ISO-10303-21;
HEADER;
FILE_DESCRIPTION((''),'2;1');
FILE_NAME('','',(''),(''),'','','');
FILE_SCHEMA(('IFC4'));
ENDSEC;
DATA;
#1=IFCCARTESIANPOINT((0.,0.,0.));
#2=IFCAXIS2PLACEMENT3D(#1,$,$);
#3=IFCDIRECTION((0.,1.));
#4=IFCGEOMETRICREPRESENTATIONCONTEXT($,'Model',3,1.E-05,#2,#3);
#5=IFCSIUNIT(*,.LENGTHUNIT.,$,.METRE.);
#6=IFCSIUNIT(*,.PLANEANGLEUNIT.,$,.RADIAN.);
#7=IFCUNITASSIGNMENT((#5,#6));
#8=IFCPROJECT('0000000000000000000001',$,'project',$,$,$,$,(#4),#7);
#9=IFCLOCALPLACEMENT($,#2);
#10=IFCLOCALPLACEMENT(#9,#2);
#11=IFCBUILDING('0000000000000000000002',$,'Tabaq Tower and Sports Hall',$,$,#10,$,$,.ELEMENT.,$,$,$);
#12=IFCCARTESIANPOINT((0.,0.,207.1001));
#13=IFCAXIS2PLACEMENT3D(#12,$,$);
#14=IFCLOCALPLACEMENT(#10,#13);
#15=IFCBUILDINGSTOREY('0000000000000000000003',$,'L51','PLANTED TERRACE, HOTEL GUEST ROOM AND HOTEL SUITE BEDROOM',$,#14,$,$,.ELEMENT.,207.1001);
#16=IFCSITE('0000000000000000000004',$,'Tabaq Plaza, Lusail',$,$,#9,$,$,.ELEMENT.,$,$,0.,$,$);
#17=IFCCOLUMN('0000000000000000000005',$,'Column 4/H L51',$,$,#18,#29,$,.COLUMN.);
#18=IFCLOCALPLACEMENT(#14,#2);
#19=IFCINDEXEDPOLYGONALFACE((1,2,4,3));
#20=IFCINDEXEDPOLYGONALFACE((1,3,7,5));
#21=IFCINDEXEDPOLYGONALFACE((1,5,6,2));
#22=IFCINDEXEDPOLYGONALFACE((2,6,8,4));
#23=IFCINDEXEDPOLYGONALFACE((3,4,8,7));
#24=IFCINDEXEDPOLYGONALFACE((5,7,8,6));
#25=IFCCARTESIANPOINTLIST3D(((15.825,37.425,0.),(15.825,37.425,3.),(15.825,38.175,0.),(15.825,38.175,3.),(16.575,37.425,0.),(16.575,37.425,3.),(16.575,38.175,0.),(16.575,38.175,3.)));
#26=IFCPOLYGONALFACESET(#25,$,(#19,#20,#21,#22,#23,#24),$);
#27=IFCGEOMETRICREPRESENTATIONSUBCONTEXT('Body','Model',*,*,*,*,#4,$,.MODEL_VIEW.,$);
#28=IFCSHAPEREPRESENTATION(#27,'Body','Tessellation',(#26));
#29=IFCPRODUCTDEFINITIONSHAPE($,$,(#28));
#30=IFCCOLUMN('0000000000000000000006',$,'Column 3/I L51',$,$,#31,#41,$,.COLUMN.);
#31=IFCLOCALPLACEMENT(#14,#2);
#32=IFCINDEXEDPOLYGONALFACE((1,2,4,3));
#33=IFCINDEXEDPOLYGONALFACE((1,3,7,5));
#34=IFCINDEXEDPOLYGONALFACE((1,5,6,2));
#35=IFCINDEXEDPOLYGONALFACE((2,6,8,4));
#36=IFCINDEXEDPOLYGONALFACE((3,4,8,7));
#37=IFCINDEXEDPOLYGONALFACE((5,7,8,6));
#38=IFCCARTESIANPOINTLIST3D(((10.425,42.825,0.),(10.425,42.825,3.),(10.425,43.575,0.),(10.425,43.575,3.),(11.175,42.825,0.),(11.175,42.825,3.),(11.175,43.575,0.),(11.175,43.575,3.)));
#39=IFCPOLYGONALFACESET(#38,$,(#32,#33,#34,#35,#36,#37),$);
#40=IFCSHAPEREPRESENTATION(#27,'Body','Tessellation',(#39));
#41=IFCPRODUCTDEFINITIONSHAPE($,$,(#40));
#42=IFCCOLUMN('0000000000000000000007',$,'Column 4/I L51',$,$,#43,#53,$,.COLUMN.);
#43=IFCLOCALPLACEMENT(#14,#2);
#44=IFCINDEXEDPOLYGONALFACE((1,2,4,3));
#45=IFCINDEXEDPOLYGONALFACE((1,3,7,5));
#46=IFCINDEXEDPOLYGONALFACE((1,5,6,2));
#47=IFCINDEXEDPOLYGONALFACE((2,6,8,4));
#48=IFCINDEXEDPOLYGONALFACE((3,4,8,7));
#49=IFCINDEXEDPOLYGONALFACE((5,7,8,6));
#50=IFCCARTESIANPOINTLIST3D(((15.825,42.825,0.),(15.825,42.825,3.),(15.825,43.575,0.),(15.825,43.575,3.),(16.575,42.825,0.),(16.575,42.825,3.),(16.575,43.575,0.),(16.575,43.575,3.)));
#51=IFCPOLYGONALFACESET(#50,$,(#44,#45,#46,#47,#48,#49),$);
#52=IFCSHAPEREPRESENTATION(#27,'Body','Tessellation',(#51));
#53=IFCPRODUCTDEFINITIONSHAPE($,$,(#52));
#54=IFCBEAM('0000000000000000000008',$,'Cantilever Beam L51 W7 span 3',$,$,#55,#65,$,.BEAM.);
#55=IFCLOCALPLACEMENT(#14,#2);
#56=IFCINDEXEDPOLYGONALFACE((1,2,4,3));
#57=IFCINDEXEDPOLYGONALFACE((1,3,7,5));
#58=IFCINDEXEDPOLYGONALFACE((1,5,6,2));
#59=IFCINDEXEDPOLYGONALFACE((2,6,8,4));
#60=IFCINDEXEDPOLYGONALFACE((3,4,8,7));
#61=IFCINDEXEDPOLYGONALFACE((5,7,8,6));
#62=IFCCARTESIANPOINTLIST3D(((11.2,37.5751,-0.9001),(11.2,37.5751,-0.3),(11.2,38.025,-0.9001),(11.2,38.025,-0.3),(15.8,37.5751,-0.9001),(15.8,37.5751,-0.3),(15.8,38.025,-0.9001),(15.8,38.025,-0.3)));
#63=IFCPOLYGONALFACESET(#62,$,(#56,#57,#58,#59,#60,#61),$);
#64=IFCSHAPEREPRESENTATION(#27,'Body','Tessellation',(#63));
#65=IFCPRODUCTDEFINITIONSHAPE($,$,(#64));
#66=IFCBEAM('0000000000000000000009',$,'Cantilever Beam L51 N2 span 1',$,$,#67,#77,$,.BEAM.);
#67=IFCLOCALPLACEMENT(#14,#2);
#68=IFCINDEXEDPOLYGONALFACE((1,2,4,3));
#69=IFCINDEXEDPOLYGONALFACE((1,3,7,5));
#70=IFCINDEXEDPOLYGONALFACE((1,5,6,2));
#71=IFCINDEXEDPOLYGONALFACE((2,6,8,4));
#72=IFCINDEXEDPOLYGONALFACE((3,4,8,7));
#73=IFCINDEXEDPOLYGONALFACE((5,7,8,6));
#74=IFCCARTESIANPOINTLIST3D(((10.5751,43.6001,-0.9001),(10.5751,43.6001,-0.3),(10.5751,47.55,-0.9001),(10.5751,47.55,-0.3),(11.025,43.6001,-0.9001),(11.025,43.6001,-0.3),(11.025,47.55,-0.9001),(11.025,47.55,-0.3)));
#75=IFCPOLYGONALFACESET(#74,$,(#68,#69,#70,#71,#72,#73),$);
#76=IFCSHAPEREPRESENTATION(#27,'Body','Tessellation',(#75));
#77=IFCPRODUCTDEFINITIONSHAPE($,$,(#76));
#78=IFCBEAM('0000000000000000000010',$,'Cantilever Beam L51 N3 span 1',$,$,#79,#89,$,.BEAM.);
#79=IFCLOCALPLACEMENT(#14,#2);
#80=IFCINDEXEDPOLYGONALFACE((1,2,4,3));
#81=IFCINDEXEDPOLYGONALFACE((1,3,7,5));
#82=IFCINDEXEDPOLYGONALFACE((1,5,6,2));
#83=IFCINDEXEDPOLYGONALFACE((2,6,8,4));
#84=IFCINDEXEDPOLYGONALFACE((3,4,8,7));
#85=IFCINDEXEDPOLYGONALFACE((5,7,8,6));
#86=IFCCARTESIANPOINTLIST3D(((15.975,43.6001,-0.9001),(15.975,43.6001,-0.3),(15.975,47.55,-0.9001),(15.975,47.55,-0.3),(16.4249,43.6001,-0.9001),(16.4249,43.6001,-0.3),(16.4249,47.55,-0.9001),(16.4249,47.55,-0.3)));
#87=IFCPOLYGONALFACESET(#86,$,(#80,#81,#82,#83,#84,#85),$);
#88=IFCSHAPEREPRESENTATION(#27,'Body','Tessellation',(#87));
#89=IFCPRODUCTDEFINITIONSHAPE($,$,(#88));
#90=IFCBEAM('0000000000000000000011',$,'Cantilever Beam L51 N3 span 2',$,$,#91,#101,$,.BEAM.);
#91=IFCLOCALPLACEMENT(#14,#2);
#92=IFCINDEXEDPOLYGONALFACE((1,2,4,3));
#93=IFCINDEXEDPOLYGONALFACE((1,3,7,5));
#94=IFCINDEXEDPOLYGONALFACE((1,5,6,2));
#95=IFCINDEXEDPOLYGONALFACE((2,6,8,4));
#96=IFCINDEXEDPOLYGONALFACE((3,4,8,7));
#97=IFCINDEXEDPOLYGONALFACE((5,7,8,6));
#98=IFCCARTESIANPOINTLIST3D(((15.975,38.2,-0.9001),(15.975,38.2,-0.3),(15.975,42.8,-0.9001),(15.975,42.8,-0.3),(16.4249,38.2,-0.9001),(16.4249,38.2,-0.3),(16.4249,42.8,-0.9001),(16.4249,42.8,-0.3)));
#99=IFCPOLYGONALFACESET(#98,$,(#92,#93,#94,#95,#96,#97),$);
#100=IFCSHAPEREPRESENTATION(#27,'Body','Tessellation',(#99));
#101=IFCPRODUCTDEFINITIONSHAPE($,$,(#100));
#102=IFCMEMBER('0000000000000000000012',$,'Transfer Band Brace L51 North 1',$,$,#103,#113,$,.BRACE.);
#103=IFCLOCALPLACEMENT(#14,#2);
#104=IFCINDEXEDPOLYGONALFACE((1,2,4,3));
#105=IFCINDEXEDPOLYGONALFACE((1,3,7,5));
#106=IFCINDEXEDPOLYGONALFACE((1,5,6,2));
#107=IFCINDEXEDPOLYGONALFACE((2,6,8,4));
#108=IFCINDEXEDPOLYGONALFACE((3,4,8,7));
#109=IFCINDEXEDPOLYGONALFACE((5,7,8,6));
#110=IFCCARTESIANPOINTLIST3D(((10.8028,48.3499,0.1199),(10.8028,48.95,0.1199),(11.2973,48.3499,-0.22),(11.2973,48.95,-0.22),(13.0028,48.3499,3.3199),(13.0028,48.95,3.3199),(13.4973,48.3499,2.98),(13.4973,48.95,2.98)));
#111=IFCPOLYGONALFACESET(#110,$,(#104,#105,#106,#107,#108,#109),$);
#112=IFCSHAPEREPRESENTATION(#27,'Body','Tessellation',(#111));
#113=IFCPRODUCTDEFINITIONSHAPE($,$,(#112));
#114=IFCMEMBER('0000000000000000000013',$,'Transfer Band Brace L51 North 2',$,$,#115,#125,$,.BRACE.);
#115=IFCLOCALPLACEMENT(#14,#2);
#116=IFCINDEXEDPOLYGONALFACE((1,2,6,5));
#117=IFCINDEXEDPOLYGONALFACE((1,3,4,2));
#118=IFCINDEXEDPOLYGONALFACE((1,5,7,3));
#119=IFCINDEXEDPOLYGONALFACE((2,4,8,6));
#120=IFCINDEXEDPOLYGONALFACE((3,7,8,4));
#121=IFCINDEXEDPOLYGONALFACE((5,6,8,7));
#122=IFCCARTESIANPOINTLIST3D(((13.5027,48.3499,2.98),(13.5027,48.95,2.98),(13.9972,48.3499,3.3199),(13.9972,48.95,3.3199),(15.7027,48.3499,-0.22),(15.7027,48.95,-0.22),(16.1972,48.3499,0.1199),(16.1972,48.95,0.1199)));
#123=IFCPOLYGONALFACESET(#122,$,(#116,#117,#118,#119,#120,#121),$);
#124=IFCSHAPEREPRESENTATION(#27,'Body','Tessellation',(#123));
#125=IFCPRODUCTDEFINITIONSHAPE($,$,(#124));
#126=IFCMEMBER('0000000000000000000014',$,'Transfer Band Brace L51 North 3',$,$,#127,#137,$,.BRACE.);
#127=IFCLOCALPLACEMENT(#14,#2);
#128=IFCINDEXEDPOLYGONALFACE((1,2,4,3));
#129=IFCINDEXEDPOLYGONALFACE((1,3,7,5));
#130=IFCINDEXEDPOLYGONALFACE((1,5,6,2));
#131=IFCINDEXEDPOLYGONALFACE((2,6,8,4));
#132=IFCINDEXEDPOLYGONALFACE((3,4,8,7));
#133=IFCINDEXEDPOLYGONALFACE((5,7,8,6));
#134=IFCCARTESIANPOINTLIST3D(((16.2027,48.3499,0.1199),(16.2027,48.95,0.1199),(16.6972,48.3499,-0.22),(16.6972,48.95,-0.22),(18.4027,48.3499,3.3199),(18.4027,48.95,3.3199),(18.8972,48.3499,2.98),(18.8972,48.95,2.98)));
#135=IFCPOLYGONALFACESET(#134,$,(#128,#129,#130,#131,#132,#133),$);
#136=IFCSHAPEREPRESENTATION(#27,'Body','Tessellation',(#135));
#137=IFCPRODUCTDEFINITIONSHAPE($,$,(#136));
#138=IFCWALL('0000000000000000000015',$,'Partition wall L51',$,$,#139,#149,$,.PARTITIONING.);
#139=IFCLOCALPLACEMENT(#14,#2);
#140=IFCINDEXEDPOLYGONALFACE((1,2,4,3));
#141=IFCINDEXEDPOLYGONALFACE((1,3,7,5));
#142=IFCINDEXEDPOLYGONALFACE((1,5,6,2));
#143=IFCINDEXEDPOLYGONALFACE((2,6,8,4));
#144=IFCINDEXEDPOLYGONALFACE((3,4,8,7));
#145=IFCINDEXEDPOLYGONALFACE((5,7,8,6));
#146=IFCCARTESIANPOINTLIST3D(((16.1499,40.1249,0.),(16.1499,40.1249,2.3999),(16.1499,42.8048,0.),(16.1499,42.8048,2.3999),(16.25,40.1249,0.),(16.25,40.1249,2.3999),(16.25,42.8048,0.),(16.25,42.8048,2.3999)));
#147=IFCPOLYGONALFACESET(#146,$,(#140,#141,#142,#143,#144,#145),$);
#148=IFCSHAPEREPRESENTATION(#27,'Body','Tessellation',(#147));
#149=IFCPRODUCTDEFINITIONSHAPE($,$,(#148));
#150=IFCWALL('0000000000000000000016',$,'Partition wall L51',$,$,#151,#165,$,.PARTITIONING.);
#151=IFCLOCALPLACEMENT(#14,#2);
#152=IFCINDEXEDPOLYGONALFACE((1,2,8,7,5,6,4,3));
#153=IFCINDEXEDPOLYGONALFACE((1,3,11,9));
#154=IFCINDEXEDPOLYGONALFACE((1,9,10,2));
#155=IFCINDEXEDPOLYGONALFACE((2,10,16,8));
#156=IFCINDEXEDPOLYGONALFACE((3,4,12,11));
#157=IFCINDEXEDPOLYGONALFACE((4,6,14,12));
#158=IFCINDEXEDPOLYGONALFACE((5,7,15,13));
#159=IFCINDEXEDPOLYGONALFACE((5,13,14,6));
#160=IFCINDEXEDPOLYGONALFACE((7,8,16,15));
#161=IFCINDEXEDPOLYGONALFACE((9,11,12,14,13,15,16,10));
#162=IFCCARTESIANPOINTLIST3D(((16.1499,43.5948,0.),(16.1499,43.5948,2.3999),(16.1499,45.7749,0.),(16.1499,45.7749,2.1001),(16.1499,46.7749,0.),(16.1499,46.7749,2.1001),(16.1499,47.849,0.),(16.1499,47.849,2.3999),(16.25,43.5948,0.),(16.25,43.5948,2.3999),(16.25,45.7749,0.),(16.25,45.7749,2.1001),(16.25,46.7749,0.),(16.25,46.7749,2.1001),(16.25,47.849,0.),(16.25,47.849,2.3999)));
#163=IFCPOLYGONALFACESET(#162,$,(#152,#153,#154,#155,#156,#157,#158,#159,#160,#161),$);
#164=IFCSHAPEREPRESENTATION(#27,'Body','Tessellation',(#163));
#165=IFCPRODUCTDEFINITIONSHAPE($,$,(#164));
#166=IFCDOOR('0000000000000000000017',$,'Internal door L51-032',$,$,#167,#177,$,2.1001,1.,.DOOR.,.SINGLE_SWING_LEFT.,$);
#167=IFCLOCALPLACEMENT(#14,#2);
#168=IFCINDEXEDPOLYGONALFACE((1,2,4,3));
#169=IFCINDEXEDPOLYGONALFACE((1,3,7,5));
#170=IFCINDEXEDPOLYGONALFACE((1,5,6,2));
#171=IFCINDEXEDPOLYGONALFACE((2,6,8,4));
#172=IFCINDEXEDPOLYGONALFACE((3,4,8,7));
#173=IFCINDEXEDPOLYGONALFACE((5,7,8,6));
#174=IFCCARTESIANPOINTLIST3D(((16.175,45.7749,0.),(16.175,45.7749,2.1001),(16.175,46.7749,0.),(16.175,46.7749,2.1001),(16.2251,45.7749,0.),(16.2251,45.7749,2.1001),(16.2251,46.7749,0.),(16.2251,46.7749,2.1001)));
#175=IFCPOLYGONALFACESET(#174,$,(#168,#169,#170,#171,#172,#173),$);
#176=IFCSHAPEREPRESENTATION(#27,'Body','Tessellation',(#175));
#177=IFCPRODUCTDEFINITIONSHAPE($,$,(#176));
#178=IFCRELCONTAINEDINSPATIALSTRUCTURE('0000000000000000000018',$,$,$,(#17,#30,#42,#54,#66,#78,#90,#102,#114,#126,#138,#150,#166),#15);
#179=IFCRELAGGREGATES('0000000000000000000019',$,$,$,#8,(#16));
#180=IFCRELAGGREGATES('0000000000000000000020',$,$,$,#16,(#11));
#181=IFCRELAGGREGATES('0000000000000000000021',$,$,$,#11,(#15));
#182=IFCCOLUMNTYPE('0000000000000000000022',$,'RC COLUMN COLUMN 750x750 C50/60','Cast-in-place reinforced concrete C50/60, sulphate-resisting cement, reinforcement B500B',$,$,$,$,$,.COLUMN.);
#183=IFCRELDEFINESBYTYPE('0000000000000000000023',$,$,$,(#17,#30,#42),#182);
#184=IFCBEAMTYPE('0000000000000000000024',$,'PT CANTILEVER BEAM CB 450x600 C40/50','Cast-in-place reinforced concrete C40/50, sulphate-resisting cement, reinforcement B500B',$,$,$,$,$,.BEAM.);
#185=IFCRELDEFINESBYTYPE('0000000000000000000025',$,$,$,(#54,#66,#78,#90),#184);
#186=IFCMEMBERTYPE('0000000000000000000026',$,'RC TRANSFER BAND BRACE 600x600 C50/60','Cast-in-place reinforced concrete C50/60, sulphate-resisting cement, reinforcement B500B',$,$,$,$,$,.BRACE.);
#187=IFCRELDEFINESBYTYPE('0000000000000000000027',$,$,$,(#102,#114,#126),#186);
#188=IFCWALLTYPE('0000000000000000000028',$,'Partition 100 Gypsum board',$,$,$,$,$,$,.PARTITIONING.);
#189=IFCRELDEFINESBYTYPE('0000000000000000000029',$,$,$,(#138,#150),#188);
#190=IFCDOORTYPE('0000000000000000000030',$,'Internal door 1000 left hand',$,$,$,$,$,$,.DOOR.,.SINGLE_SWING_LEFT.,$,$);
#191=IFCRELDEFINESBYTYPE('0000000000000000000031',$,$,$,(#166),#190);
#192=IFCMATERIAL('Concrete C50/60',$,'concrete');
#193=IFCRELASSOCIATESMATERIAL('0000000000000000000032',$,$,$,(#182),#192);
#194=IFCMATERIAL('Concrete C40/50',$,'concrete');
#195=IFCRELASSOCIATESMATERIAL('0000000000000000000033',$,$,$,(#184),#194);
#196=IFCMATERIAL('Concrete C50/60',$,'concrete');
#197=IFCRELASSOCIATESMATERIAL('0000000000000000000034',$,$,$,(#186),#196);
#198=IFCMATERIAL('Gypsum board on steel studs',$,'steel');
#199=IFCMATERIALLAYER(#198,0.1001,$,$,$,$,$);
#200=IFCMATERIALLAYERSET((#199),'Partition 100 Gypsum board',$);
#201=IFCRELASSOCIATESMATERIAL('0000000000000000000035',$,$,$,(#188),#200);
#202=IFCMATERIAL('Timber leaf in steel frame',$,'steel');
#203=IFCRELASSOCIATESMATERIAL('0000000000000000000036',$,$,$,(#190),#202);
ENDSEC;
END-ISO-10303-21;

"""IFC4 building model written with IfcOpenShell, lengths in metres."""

from ifc_helpers import new_model, si_unit, direction, frame, frame_2d, origin, origin_2d, place, context, subcontext, project, spatial, rectangle, extrude, material, layer, layer_set, material_profile, profile_set, type_object, element, fill, save


model = new_model("IFC4")

# Units and contexts
model_context = context("Model", 3, precision=1e-05, world=origin(), true_north=direction((0.0, 1.0)))
body_context = subcontext(model_context, "Body", "Model", "MODEL_VIEW")
ifc_project = project(units=[si_unit("LENGTHUNIT", "METRE"), si_unit("PLANEANGLEUNIT", "RADIAN")], contexts=[model_context])

# Site, building, storey
site_placement = place(None, origin())
site = spatial("IfcSite", under=ifc_project, at=site_placement, Name="Tabaq Plaza, Lusail", CompositionType="ELEMENT", RefElevation=0.0)
building_placement = place(site_placement, origin())
building = spatial("IfcBuilding", under=site, at=building_placement, Name="Tabaq Tower and Sports Hall", CompositionType="ELEMENT")
storey_placement = place(building_placement, frame((0.0, 0.0, 207.1001)))
storey = spatial("IfcBuildingStorey", under=building, at=storey_placement, Name="L51", Description="PLANTED TERRACE, HOTEL GUEST ROOM AND HOTEL SUITE BEDROOM", CompositionType="ELEMENT", Elevation=207.1001)

# Columns
ifc_material_1 = material(Name="Concrete C50/60", Category="concrete")
ifc_material_profile_1 = material_profile(ifc_material_1, rectangle(XDim=0.75, YDim=0.75, at=origin_2d()), Name="COLUMN 750x750")
ifc_profile_set_1 = profile_set([ifc_material_profile_1], Name="Concrete C50/60")
column_type = type_object("IfcColumnType", Name="RC COLUMN COLUMN 750x750 C50/60", Description="Cast-in-place reinforced concrete C50/60, sulphate-resisting cement, reinforcement B500B", PredefinedType="COLUMN", material=ifc_profile_set_1)
for number, where, z_axis, x_axis, name in (
    (1, (16.2, 37.8, 0.0), (0.0, 0.0, 1.0), (1.0, 0.0, 0.0), "Column 4/H L51"),
    (2, (10.8, 43.2, 0.0), (0.0, 0.0, 1.0), (1.0, 0.0, 0.0), "Column 3/I L51"),
    (3, (16.2, 43.2, 0.0), (0.0, 0.0, 1.0), (1.0, 0.0, 0.0), "Column 4/I L51"),
):
    element("IfcColumn", number, at=place(storey_placement, frame(where, z_axis=z_axis, x_axis=x_axis)), inside=storey, type_object=column_type, Name=name, PredefinedType="COLUMN", context=body_context, shape_type="SweptSolid", body=[
        extrude(rectangle(XDim=0.75, YDim=0.75, at=origin_2d()), origin(), (0.0, 0.0, 1.0), 3.0),
    ])

# Beams
ifc_material_2 = material(Name="Concrete C40/50", Category="concrete")
ifc_material_profile_2 = material_profile(ifc_material_2, rectangle(XDim=0.45, YDim=0.6001, at=origin_2d()), Name="CB 450x600")
ifc_profile_set_2 = profile_set([ifc_material_profile_2], Name="Concrete C40/50")
beam_type = type_object("IfcBeamType", Name="PT CANTILEVER BEAM CB 450x600 C40/50", Description="Cast-in-place reinforced concrete C40/50, sulphate-resisting cement, reinforcement B500B", PredefinedType="BEAM", material=ifc_profile_set_2)
beam_1_placement = place(storey_placement, frame((11.2, 37.8, -0.6001), z_axis=(1.0, 0.0, 0.0), x_axis=(0.0, 1.0, 0.0)))
element("IfcBeam", 4, at=beam_1_placement, inside=storey, type_object=beam_type, Name="Cantilever Beam L51 W7 span 3", PredefinedType="BEAM", context=body_context, shape_type="SweptSolid", body=[
    extrude(rectangle(XDim=0.45, YDim=0.6001, at=origin_2d()), origin(), (0.0, 0.0, 1.0), 4.6001),
])
for number, where, z_axis, x_axis, name in (
    (5, (10.8, 47.55, -0.6001), (0.0, -1.0, 0.0), (1.0, 0.0, 0.0), "Cantilever Beam L51 N2 span 1"),
    (6, (16.2, 47.55, -0.6001), (0.0, -1.0, 0.0), (1.0, 0.0, 0.0), "Cantilever Beam L51 N3 span 1"),
):
    element("IfcBeam", number, at=place(storey_placement, frame(where, z_axis=z_axis, x_axis=x_axis)), inside=storey, type_object=beam_type, Name=name, PredefinedType="BEAM", context=body_context, shape_type="SweptSolid", body=[
        extrude(rectangle(XDim=0.45, YDim=0.6001, at=origin_2d()), origin(), (0.0, 0.0, 1.0), 3.95),
    ])
beam_2_placement = place(storey_placement, frame((16.2, 42.8, -0.6001), z_axis=(0.0, -1.0, 0.0), x_axis=(1.0, 0.0, 0.0)))
element("IfcBeam", 7, at=beam_2_placement, inside=storey, type_object=beam_type, Name="Cantilever Beam L51 N3 span 2", PredefinedType="BEAM", context=body_context, shape_type="SweptSolid", body=[
    extrude(rectangle(XDim=0.45, YDim=0.6001, at=origin_2d()), origin(), (0.0, 0.0, 1.0), 4.6001),
])

# Members
ifc_material_3 = material(Name="Concrete C50/60", Category="concrete")
ifc_material_profile_3 = material_profile(ifc_material_3, rectangle(XDim=0.6001, YDim=0.6001, at=origin_2d()), Name="TRANSFER BAND BRACE 600x600")
ifc_profile_set_3 = profile_set([ifc_material_profile_3], Name="Concrete C50/60")
member_type = type_object("IfcMemberType", Name="RC TRANSFER BAND BRACE 600x600 C50/60", Description="Cast-in-place reinforced concrete C50/60, sulphate-resisting cement, reinforcement B500B", PredefinedType="BRACE", material=ifc_profile_set_3)
for number, where, z_axis, x_axis, name in (
    (8, (11.05, 48.6499, -0.05), (0.566526, 0.0, 0.824044), (0.0, 1.0, 0.0), "Transfer Band Brace L51 North 1"),
    (9, (15.95, 48.6499, -0.05), (-0.566526, 0.0, 0.824044), (0.0, -1.0, 0.0), "Transfer Band Brace L51 North 2"),
    (10, (16.45, 48.6499, -0.05), (0.566526, 0.0, 0.824044), (0.0, 1.0, 0.0), "Transfer Band Brace L51 North 3"),
):
    element("IfcMember", number, at=place(storey_placement, frame(where, z_axis=z_axis, x_axis=x_axis)), inside=storey, type_object=member_type, Name=name, PredefinedType="BRACE", context=body_context, shape_type="SweptSolid", body=[
        extrude(rectangle(XDim=0.6001, YDim=0.6001, at=origin_2d()), origin(), (0.0, 0.0, 1.0), 3.8833),
    ])

# Wall
ifc_material_4 = material(Name="Gypsum board on steel studs", Category="steel")
ifc_layer_1 = layer(ifc_material_4, 0.1001)
ifc_layer_set_1 = layer_set([ifc_layer_1], Name="Partition 100 Gypsum board")
wall_type_1 = type_object("IfcWallType", Name="Partition 100 Gypsum board", PredefinedType="PARTITIONING", material=ifc_layer_set_1)
wall_1_placement = place(storey_placement, frame((16.2, 40.125, 0.0), z_axis=(0.0, 0.0, 1.0), x_axis=(0.0, 1.0, 0.0)))
element("IfcWall", 11, at=wall_1_placement, inside=storey, type_object=wall_type_1, Name="Partition wall L51", PredefinedType="PARTITIONING", context=body_context, shape_type="SweptSolid", body=[
    extrude(rectangle(XDim=2.6799, YDim=0.1001, at=frame_2d((1.3398, 0.0))), origin(), (0.0, 0.0, 1.0), 2.3999),
])

# Wall, opening, door
wall_2_placement = place(storey_placement, frame((16.2, 43.595, 0.0), z_axis=(0.0, 0.0, 1.0), x_axis=(0.0, 1.0, 0.0)))
wall_2 = element("IfcWall", 12, at=wall_2_placement, inside=storey, type_object=wall_type_1, Name="Partition wall L51", PredefinedType="PARTITIONING", context=body_context, shape_type="SweptSolid", body=[
    extrude(rectangle(XDim=4.2542, YDim=0.1001, at=frame_2d((2.127, 0.0))), origin(), (0.0, 0.0, 1.0), 2.3999),
])
opening_1_placement = place(wall_2_placement, frame((2.1799, 0.0, 0.0)))
opening_1 = element("IfcOpeningElement", 13, at=opening_1_placement, cuts=wall_2, PredefinedType="OPENING", context=body_context, shape_type="SweptSolid", body=[
    extrude(rectangle(XDim=1.0, YDim=2.1001, at=frame_2d((0.5, 1.05))), frame((0.0, 0.05, 0.0), z_axis=(0.0, -1.0, 0.0), x_axis=(1.0, 0.0, 0.0)), (0.0, 0.0, 1.0), 0.1001),
])
ifc_material_5 = material(Name="Timber leaf in steel frame", Category="steel")
door_type_1 = type_object("IfcDoorType", Name="Internal door 1000 left hand", OperationType="SINGLE_SWING_LEFT", PredefinedType="DOOR", material=ifc_material_5)
door_1_placement = place(opening_1_placement, origin())
door_1 = element("IfcDoor", 14, at=door_1_placement, inside=storey, type_object=door_type_1, Name="Internal door L51-032", OperationType="SINGLE_SWING_LEFT", OverallHeight=2.1001, OverallWidth=1.0, PredefinedType="DOOR", context=body_context, shape_type="SweptSolid", body=[
    extrude(rectangle(XDim=1.0, YDim=2.1001, at=frame_2d((0.5, 1.05))), frame((0.0, 0.0249, 0.0), z_axis=(0.0, -1.0, 0.0), x_axis=(1.0, 0.0, 0.0)), (0.0, 0.0, 1.0), 0.05),
])
fill(opening_1, door_1)

save(model, "model.ifc")
